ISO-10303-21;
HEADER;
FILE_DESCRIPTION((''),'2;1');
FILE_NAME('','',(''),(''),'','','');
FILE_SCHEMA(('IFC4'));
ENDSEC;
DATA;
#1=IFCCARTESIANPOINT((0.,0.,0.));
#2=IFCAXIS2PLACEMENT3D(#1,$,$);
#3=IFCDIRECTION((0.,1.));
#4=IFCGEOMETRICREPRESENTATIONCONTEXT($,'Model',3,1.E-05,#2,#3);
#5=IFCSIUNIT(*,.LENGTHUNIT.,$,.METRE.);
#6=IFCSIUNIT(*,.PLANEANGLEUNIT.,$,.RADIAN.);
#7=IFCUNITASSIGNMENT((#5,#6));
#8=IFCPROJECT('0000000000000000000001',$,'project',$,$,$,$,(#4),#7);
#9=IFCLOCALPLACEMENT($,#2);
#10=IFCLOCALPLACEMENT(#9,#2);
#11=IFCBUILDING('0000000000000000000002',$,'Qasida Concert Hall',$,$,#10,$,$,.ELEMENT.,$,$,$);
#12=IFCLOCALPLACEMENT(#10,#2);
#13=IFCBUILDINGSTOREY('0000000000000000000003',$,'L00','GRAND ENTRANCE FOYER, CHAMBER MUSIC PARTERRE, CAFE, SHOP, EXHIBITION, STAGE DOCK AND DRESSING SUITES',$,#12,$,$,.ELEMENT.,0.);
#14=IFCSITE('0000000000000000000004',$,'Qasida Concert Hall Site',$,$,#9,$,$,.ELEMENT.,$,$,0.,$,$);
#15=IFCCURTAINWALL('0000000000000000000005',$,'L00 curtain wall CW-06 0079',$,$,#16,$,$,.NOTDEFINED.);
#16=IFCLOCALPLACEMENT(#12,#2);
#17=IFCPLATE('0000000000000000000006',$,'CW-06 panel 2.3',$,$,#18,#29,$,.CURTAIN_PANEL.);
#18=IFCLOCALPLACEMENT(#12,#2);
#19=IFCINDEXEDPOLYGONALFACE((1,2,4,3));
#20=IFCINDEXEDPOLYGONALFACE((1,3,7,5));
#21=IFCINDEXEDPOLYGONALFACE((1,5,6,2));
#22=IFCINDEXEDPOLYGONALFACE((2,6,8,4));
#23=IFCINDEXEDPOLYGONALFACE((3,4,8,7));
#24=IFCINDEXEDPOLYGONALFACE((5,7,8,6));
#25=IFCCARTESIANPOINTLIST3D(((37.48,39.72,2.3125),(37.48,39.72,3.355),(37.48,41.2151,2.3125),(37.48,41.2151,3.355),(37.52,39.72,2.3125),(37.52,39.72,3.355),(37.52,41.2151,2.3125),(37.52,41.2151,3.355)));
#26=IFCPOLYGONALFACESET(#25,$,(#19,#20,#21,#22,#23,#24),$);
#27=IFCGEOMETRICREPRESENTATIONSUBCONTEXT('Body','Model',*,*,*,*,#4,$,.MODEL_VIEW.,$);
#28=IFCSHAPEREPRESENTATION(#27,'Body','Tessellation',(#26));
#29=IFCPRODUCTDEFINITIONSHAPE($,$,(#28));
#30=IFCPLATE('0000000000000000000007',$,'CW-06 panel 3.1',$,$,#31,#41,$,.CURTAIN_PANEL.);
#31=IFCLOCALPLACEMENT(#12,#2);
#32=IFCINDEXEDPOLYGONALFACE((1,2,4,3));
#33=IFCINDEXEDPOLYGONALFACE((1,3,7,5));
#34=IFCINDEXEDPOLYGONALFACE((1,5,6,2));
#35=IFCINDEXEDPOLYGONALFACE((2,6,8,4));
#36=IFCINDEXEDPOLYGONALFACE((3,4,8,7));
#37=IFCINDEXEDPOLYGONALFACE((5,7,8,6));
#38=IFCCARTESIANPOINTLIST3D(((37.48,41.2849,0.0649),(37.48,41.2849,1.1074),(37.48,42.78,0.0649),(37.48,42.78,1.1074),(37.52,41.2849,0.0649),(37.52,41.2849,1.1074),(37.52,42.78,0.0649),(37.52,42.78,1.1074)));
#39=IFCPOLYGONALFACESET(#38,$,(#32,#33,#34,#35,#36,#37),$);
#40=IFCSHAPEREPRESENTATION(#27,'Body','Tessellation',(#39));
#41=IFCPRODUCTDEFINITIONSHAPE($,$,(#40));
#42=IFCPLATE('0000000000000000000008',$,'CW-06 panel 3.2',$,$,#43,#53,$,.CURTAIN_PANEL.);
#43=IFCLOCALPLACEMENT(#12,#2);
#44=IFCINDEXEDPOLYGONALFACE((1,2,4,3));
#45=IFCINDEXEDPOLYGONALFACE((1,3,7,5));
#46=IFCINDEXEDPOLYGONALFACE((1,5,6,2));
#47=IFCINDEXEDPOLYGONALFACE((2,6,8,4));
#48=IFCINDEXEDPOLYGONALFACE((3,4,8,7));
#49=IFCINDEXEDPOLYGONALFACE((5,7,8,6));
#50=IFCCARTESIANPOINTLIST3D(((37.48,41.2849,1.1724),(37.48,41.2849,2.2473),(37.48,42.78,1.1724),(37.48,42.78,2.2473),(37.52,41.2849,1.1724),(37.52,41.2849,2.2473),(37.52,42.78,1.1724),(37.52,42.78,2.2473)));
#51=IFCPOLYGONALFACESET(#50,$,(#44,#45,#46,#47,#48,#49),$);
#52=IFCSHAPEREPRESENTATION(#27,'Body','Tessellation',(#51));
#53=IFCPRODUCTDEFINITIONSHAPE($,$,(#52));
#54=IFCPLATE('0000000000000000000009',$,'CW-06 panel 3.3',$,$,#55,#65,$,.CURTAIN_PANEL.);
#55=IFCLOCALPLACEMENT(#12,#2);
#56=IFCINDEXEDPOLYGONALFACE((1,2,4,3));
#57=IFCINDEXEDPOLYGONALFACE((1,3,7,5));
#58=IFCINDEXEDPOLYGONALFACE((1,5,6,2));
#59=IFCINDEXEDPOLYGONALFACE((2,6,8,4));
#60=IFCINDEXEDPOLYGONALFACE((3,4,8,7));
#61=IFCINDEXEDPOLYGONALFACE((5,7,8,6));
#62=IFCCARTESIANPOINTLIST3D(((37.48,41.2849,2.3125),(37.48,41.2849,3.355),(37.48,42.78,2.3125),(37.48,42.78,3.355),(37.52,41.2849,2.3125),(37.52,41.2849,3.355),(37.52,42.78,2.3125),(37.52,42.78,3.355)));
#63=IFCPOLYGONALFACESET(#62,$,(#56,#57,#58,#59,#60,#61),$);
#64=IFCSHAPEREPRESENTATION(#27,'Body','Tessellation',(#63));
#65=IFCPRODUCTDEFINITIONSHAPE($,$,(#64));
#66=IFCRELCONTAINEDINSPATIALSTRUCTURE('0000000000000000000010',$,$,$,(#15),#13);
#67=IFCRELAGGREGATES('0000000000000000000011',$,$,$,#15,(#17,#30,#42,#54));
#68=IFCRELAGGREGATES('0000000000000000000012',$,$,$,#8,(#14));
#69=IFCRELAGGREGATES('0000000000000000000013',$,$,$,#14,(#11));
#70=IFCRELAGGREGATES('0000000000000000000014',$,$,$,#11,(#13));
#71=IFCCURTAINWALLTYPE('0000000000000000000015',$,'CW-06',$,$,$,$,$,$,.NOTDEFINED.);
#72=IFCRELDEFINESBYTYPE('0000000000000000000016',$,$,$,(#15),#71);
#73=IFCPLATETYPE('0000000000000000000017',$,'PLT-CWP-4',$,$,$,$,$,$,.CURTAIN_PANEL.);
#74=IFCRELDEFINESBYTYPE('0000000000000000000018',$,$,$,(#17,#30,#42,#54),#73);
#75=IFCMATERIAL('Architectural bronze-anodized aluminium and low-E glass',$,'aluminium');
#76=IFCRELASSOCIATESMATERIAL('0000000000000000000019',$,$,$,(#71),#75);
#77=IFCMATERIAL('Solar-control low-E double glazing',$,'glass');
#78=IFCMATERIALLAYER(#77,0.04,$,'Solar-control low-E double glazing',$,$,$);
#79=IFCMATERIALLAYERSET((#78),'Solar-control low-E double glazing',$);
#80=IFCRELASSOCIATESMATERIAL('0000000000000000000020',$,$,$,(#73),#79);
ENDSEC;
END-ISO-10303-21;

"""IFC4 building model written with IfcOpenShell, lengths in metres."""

from ifc_helpers import new_model, si_unit, direction, frame, origin, origin_2d, place, context, subcontext, project, spatial, rectangle, extrude, material, layer, layer_set, type_object, element, aggregate, save


model = new_model("IFC4")

# Units and contexts
model_context = context("Model", 3, precision=1e-05, world=origin(), true_north=direction((0.0, 1.0)))
body_context = subcontext(model_context, "Body", "Model", "MODEL_VIEW")
ifc_project = project(units=[si_unit("LENGTHUNIT", "METRE"), si_unit("PLANEANGLEUNIT", "RADIAN")], contexts=[model_context])

# Site, building, storey
site_placement = place(None, origin())
site = spatial("IfcSite", under=ifc_project, at=site_placement, Name="Qasida Concert Hall Site", CompositionType="ELEMENT", RefElevation=0.0)
building_placement = place(site_placement, origin())
building = spatial("IfcBuilding", under=site, at=building_placement, Name="Qasida Concert Hall", CompositionType="ELEMENT")
storey_placement = place(building_placement, origin())
storey = spatial("IfcBuildingStorey", under=building, at=storey_placement, Name="L00", Description="GRAND ENTRANCE FOYER, CHAMBER MUSIC PARTERRE, CAFE, SHOP, EXHIBITION, STAGE DOCK AND DRESSING SUITES", CompositionType="ELEMENT", Elevation=0.0)

# Curtain wall, plates
ifc_material_1 = material(Name="Architectural bronze-anodized aluminium and low-E glass", Category="aluminium")
curtain_wall_type = type_object("IfcCurtainWallType", Name="CW-06", PredefinedType="NOTDEFINED", material=ifc_material_1)
curtain_wall_placement = place(storey_placement, origin())
curtain_wall = element("IfcCurtainWall", 1, at=curtain_wall_placement, inside=storey, type_object=curtain_wall_type, Name="L00 curtain wall CW-06 0079", PredefinedType="NOTDEFINED")
ifc_material_2 = material(Name="Solar-control low-E double glazing", Category="glass")
ifc_layer = layer(ifc_material_2, 0.04, Name="Solar-control low-E double glazing")
ifc_layer_set = layer_set([ifc_layer], Name="Solar-control low-E double glazing")
plate_type = type_object("IfcPlateType", Name="PLT-CWP-4", PredefinedType="CURTAIN_PANEL", material=ifc_layer_set)
plate_1_placement = place(storey_placement, frame((37.5, 40.4675, 2.3125), z_axis=(0.0, 0.0, 1.0), x_axis=(0.0, 1.0, 0.0)))
plate_1 = element("IfcPlate", 2, at=plate_1_placement, type_object=plate_type, Name="CW-06 panel 2.3", PredefinedType="CURTAIN_PANEL", context=body_context, shape_type="SweptSolid", body=[
    extrude(rectangle(XDim=1.4951, YDim=0.04, at=origin_2d()), origin(), (0.0, 0.0, 1.0), 1.0425),
])
plate_2_placement = place(storey_placement, frame((37.5, 42.0325, 0.0649), z_axis=(0.0, 0.0, 1.0), x_axis=(0.0, 1.0, 0.0)))
plate_2 = element("IfcPlate", 3, at=plate_2_placement, type_object=plate_type, Name="CW-06 panel 3.1", PredefinedType="CURTAIN_PANEL", context=body_context, shape_type="SweptSolid", body=[
    extrude(rectangle(XDim=1.4951, YDim=0.04, at=origin_2d()), origin(), (0.0, 0.0, 1.0), 1.0425),
])
plate_3_placement = place(storey_placement, frame((37.5, 42.0325, 1.1724), z_axis=(0.0, 0.0, 1.0), x_axis=(0.0, 1.0, 0.0)))
plate_3 = element("IfcPlate", 4, at=plate_3_placement, type_object=plate_type, Name="CW-06 panel 3.2", PredefinedType="CURTAIN_PANEL", context=body_context, shape_type="SweptSolid", body=[
    extrude(rectangle(XDim=1.4951, YDim=0.04, at=origin_2d()), origin(), (0.0, 0.0, 1.0), 1.075),
])
plate_4_placement = place(storey_placement, frame((37.5, 42.0325, 2.3125), z_axis=(0.0, 0.0, 1.0), x_axis=(0.0, 1.0, 0.0)))
plate_4 = element("IfcPlate", 5, at=plate_4_placement, type_object=plate_type, Name="CW-06 panel 3.3", PredefinedType="CURTAIN_PANEL", context=body_context, shape_type="SweptSolid", body=[
    extrude(rectangle(XDim=1.4951, YDim=0.04, at=origin_2d()), origin(), (0.0, 0.0, 1.0), 1.0425),
])
aggregate(curtain_wall, [plate_1, plate_2, plate_3, plate_4])

save(model, "model.ifc")
